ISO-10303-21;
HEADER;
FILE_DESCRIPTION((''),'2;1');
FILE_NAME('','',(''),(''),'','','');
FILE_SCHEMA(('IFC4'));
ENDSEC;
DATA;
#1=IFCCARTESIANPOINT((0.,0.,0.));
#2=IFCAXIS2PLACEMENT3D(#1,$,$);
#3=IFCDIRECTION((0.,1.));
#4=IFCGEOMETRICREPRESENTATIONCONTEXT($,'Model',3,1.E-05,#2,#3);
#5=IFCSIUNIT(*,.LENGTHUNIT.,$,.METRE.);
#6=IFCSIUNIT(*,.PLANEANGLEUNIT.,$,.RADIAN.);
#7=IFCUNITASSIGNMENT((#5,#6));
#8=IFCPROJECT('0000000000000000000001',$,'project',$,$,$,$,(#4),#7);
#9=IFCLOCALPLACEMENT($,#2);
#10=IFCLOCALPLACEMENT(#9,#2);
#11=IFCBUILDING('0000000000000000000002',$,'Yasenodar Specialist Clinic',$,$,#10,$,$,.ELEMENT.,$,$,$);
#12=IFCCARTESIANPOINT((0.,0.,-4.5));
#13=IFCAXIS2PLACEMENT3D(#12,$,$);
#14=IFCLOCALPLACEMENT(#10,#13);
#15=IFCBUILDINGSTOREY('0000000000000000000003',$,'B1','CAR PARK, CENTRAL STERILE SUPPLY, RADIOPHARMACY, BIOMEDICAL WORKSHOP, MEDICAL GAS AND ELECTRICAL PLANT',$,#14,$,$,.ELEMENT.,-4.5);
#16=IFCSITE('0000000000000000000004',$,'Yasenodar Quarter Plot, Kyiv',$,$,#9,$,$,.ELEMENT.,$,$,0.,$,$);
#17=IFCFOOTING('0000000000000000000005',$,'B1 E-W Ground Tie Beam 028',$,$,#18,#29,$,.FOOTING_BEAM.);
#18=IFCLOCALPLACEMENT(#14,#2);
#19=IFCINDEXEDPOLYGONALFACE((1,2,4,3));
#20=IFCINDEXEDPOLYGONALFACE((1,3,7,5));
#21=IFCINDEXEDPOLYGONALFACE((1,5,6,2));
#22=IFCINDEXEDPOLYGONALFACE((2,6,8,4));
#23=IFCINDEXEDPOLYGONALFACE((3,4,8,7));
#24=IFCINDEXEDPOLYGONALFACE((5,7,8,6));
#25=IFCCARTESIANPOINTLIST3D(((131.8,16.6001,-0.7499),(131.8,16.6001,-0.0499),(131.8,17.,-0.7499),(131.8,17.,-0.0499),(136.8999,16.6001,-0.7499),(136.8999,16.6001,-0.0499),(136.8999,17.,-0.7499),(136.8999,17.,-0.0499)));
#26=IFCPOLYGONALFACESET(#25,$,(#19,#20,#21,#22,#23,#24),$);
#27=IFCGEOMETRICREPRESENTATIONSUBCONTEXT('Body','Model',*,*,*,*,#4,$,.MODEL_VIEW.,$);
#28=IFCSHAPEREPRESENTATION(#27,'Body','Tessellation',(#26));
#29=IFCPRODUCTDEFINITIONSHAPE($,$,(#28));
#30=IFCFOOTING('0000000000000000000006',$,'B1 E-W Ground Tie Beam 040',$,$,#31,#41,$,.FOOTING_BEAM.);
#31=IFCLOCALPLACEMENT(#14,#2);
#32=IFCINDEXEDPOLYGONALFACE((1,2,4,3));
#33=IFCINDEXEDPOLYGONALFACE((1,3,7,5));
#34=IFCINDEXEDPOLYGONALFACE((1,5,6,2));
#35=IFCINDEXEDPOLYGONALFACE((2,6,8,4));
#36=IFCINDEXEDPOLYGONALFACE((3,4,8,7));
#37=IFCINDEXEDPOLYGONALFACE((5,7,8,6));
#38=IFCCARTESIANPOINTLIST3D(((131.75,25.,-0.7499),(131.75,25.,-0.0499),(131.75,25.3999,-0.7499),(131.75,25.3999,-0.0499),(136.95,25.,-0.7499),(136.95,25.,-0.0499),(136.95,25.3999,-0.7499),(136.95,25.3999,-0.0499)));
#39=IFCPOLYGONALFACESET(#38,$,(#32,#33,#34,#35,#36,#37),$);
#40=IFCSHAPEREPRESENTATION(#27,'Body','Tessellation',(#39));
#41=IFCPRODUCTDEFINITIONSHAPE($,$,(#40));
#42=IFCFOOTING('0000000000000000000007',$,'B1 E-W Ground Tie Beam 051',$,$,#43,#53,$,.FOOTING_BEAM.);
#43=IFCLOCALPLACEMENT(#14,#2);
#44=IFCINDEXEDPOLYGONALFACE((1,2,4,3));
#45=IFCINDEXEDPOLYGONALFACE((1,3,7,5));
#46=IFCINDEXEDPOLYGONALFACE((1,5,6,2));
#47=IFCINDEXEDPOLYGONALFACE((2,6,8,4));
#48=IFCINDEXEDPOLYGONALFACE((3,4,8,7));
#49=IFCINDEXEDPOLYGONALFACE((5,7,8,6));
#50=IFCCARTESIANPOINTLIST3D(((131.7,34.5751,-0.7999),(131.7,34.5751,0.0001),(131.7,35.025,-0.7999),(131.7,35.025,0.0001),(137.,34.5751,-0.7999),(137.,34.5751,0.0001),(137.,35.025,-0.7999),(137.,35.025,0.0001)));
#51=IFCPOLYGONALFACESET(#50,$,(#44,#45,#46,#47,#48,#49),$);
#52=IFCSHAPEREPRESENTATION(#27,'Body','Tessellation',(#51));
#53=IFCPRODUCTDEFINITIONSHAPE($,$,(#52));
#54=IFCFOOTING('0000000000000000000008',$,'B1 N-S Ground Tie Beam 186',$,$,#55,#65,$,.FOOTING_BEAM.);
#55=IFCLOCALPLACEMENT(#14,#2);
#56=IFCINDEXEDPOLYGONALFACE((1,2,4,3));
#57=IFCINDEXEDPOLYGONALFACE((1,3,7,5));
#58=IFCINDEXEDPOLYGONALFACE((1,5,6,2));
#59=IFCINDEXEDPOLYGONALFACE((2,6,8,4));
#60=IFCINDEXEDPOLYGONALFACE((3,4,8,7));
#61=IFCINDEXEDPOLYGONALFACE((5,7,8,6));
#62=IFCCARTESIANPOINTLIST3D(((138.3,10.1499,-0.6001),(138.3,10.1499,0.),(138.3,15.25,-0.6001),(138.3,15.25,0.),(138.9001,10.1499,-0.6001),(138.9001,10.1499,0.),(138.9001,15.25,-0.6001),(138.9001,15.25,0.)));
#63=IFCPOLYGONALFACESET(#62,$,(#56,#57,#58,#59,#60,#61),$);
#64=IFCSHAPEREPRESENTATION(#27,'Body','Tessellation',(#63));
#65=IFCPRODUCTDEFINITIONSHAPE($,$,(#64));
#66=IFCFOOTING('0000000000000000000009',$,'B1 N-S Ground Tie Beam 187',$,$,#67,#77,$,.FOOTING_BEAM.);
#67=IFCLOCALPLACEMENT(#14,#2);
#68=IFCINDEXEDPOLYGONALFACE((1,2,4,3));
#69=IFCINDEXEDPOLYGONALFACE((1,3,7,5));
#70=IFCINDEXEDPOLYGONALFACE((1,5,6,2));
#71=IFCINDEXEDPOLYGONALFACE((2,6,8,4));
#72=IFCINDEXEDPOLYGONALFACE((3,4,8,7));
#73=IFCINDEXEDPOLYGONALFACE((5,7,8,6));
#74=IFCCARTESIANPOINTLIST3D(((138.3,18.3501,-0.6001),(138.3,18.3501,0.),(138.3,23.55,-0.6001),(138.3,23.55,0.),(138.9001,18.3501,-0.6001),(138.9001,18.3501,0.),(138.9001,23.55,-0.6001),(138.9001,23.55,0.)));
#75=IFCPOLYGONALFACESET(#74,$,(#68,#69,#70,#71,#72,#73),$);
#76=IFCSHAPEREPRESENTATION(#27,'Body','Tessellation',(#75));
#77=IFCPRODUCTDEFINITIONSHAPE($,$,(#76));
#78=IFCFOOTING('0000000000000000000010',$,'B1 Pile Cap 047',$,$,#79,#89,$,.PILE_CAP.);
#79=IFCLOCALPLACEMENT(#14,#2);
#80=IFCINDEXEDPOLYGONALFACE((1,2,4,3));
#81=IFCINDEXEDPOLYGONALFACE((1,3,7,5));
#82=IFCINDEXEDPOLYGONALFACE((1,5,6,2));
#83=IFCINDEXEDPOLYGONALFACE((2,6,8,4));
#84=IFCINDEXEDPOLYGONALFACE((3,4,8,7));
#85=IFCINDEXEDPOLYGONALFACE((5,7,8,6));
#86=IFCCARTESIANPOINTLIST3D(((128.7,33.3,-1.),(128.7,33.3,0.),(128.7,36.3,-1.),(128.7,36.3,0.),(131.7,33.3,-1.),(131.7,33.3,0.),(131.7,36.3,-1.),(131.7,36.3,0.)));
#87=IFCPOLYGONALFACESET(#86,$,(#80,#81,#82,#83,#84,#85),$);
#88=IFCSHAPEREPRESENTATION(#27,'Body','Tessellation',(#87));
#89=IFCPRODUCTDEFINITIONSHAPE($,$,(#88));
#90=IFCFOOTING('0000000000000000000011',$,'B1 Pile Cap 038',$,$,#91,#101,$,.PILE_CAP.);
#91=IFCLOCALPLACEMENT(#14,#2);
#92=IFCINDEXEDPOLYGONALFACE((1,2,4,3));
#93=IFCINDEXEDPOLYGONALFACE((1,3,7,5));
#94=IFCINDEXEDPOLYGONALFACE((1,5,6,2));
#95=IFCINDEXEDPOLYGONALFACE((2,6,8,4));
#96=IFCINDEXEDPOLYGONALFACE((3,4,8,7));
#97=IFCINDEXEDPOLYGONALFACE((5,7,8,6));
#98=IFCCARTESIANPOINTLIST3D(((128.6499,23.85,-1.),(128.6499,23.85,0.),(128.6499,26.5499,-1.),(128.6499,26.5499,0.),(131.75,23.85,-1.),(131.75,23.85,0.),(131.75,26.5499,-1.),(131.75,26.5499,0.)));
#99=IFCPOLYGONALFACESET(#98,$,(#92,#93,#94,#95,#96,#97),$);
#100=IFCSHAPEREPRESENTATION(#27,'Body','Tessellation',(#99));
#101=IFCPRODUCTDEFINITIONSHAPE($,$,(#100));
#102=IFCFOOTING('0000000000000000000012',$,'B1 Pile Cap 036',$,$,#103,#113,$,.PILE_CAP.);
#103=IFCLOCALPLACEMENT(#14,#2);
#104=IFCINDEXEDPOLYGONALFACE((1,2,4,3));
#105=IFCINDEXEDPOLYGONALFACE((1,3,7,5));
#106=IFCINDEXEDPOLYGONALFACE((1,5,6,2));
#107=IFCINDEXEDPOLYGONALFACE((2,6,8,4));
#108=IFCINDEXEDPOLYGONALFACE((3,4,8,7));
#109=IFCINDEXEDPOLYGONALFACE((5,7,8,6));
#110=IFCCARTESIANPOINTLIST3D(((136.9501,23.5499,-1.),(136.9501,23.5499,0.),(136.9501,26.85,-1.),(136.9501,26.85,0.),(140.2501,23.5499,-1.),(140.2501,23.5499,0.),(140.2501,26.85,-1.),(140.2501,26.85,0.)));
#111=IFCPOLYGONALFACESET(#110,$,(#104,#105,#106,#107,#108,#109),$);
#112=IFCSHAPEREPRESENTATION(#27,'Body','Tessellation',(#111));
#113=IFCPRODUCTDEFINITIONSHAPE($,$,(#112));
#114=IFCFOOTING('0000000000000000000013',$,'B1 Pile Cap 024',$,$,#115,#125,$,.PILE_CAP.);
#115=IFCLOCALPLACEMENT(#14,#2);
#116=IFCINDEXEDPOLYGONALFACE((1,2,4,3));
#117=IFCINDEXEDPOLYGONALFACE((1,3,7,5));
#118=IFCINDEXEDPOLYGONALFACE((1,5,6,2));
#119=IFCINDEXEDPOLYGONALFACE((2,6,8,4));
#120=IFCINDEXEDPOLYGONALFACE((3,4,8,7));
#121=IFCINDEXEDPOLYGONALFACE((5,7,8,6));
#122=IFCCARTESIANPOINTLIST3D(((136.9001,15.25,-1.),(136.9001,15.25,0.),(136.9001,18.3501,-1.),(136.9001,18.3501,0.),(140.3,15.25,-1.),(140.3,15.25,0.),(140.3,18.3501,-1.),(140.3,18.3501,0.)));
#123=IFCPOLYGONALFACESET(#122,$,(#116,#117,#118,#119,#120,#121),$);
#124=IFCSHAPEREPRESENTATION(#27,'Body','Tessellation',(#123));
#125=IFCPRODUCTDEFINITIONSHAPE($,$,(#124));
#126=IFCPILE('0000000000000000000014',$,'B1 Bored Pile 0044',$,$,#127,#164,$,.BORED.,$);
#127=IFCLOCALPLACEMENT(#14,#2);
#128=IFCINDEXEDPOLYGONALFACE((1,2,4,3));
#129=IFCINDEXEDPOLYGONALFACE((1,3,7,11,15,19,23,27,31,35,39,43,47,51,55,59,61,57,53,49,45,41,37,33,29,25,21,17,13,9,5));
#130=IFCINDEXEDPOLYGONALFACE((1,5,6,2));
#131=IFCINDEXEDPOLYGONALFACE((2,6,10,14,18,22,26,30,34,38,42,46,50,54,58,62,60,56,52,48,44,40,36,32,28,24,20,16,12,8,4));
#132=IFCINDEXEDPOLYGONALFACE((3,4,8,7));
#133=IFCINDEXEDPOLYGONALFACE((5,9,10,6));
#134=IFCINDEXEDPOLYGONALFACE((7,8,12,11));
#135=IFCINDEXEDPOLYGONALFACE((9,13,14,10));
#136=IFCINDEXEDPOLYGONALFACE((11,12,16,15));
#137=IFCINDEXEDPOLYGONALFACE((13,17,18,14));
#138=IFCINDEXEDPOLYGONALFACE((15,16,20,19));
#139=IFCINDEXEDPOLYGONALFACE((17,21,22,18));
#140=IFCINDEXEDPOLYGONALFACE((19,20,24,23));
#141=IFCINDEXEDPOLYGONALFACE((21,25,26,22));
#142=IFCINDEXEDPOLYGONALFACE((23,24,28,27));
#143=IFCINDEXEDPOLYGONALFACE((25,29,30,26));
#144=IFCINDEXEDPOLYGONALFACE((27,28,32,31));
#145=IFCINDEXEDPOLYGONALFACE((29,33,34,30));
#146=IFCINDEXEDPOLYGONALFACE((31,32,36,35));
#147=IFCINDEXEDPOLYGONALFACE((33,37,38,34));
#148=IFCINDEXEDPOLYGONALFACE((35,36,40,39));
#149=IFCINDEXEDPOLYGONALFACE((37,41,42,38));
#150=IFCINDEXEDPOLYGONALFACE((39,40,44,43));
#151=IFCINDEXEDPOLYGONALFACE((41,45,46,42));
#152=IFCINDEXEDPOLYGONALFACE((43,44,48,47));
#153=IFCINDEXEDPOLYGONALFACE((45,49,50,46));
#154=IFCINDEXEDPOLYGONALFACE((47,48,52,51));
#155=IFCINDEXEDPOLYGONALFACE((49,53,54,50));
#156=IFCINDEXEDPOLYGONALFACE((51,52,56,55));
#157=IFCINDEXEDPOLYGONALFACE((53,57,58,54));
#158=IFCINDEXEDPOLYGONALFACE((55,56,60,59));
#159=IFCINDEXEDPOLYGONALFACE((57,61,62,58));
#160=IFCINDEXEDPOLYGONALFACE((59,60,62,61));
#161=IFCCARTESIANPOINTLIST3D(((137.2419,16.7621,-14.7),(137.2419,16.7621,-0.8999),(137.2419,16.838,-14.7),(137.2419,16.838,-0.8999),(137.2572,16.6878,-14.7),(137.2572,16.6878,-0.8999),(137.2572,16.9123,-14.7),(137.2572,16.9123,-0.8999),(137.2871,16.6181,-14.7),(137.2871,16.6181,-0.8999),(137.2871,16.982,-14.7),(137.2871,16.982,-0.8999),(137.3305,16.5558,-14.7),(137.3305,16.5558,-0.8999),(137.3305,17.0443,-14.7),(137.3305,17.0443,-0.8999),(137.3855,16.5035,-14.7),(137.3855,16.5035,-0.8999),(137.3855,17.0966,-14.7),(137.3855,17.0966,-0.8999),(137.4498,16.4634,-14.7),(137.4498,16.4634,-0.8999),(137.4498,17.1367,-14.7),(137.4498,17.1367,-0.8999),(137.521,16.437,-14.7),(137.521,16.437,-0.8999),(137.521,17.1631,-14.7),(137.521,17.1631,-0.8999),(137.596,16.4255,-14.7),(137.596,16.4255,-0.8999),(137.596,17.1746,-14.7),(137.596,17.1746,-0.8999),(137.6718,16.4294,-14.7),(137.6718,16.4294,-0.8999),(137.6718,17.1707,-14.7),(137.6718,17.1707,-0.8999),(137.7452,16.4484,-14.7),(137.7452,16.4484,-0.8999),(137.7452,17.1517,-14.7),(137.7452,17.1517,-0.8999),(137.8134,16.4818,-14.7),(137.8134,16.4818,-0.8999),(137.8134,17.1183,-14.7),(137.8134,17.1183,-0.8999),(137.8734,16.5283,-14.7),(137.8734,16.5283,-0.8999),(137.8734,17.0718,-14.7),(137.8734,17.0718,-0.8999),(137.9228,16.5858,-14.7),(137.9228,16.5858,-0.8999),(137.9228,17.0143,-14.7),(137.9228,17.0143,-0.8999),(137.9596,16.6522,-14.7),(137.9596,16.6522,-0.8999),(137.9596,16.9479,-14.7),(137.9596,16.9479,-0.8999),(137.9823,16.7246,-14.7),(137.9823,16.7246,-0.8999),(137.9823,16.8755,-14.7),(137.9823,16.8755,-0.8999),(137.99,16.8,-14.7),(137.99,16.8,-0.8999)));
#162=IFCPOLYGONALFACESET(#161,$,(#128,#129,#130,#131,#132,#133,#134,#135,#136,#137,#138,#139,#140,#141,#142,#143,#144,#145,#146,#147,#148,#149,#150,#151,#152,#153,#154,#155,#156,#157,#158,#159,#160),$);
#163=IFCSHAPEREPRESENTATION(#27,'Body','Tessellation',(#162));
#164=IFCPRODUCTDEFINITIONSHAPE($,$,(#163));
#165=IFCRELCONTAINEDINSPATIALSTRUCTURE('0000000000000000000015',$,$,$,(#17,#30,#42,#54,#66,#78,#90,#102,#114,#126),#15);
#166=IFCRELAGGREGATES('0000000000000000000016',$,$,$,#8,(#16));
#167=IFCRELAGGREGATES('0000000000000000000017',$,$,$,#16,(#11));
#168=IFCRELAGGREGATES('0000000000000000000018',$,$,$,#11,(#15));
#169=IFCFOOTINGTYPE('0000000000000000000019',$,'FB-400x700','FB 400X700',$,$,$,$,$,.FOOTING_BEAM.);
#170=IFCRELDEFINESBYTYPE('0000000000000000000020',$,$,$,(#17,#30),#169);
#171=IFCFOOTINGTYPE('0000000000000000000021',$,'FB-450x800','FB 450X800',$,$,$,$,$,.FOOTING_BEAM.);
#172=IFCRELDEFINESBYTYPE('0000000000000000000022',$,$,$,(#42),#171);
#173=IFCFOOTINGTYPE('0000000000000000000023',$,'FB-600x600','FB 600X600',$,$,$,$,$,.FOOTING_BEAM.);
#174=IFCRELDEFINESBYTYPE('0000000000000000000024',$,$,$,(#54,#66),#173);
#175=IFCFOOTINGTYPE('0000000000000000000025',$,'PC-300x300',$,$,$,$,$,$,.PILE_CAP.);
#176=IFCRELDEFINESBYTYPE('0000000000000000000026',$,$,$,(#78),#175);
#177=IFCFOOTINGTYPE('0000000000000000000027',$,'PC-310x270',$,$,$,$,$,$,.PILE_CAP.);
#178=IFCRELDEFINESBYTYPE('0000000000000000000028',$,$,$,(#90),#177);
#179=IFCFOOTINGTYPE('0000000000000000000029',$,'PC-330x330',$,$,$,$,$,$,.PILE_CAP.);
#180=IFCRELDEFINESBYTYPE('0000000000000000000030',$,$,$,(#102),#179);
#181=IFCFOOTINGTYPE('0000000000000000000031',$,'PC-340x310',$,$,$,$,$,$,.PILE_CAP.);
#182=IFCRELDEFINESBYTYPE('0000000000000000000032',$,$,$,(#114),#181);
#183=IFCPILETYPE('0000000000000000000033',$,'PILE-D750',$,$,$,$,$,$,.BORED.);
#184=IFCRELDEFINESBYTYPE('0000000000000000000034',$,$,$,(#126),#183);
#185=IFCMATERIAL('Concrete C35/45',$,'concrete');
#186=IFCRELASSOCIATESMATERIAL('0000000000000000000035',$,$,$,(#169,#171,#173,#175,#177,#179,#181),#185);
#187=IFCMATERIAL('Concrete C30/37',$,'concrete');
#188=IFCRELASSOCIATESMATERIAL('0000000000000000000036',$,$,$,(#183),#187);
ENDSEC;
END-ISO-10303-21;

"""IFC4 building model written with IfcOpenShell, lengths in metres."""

from ifc_helpers import new_model, si_unit, direction, frame, origin, origin_2d, place, context, subcontext, project, spatial, rectangle, circle, extrude, material, material_profile, profile_set, type_object, element, save


model = new_model("IFC4")

# Units and contexts
model_context = context("Model", 3, precision=1e-05, world=origin(), true_north=direction((0.0, 1.0)))
body_context = subcontext(model_context, "Body", "Model", "MODEL_VIEW")
ifc_project = project(units=[si_unit("LENGTHUNIT", "METRE"), si_unit("PLANEANGLEUNIT", "RADIAN")], contexts=[model_context])

# Site, building, storey
site_placement = place(None, origin())
site = spatial("IfcSite", under=ifc_project, at=site_placement, Name="Yasenodar Quarter Plot, Kyiv", CompositionType="ELEMENT", RefElevation=0.0)
building_placement = place(site_placement, origin())
building = spatial("IfcBuilding", under=site, at=building_placement, Name="Yasenodar Specialist Clinic", CompositionType="ELEMENT")
storey_placement = place(building_placement, frame((0.0, 0.0, -4.5)))
storey = spatial("IfcBuildingStorey", under=building, at=storey_placement, Name="B1", Description="CAR PARK, CENTRAL STERILE SUPPLY, RADIOPHARMACY, BIOMEDICAL WORKSHOP, MEDICAL GAS AND ELECTRICAL PLANT", CompositionType="ELEMENT", Elevation=-4.5)

# Footings
ifc_material_1 = material(Name="Concrete C35/45", Category="concrete")
ifc_material_profile_1 = material_profile(ifc_material_1, rectangle(XDim=0.3999, YDim=0.7, at=origin_2d()), Name="RC 400x700")
ifc_profile_set_1 = profile_set([ifc_material_profile_1], Name="Concrete C35/45")
footing_type_1 = type_object("IfcFootingType", Name="FB-400x700", Description="FB 400X700", PredefinedType="FOOTING_BEAM", material=ifc_profile_set_1)
footing_1_placement = place(storey_placement, frame((131.8, 16.8, -0.3999), z_axis=(1.0, 0.0, 0.0), x_axis=(0.0, 1.0, 0.0)))
element("IfcFooting", 1, at=footing_1_placement, inside=storey, type_object=footing_type_1, Name="B1 E-W Ground Tie Beam 028", PredefinedType="FOOTING_BEAM", context=body_context, shape_type="SweptSolid", body=[
    extrude(rectangle(XDim=0.3999, YDim=0.7, at=origin_2d()), origin(), (0.0, 0.0, 1.0), 5.0999),
])
footing_2_placement = place(storey_placement, frame((131.75, 25.2, -0.3999), z_axis=(1.0, 0.0, 0.0), x_axis=(0.0, 1.0, 0.0)))
element("IfcFooting", 2, at=footing_2_placement, inside=storey, type_object=footing_type_1, Name="B1 E-W Ground Tie Beam 040", PredefinedType="FOOTING_BEAM", context=body_context, shape_type="SweptSolid", body=[
    extrude(rectangle(XDim=0.3999, YDim=0.7, at=origin_2d()), origin(), (0.0, 0.0, 1.0), 5.2),
])
ifc_material_profile_2 = material_profile(ifc_material_1, rectangle(XDim=0.45, YDim=0.8, at=origin_2d()), Name="RC 450x800")
ifc_profile_set_2 = profile_set([ifc_material_profile_2], Name="Concrete C35/45")
footing_type_2 = type_object("IfcFootingType", Name="FB-450x800", Description="FB 450X800", PredefinedType="FOOTING_BEAM", material=ifc_profile_set_2)
footing_3_placement = place(storey_placement, frame((131.7, 34.8, -0.3999), z_axis=(1.0, 0.0, 0.0), x_axis=(0.0, 1.0, 0.0)))
element("IfcFooting", 3, at=footing_3_placement, inside=storey, type_object=footing_type_2, Name="B1 E-W Ground Tie Beam 051", PredefinedType="FOOTING_BEAM", context=body_context, shape_type="SweptSolid", body=[
    extrude(rectangle(XDim=0.45, YDim=0.8, at=origin_2d()), origin(), (0.0, 0.0, 1.0), 5.3),
])
ifc_material_profile_3 = material_profile(ifc_material_1, rectangle(XDim=0.6001, YDim=0.6001, at=origin_2d()), Name="RC 600x600")
ifc_profile_set_3 = profile_set([ifc_material_profile_3], Name="Concrete C35/45")
footing_type_3 = type_object("IfcFootingType", Name="FB-600x600", Description="FB 600X600", PredefinedType="FOOTING_BEAM", material=ifc_profile_set_3)
footing_4_placement = place(storey_placement, frame((138.6001, 10.1499, -0.3), z_axis=(0.0, 1.0, 0.0), x_axis=(-1.0, 0.0, 0.0)))
element("IfcFooting", 4, at=footing_4_placement, inside=storey, type_object=footing_type_3, Name="B1 N-S Ground Tie Beam 186", PredefinedType="FOOTING_BEAM", context=body_context, shape_type="SweptSolid", body=[
    extrude(rectangle(XDim=0.6001, YDim=0.6001, at=origin_2d()), origin(), (0.0, 0.0, 1.0), 5.1001),
])
footing_5_placement = place(storey_placement, frame((138.6001, 18.3501, -0.3), z_axis=(0.0, 1.0, 0.0), x_axis=(-1.0, 0.0, 0.0)))
element("IfcFooting", 5, at=footing_5_placement, inside=storey, type_object=footing_type_3, Name="B1 N-S Ground Tie Beam 187", PredefinedType="FOOTING_BEAM", context=body_context, shape_type="SweptSolid", body=[
    extrude(rectangle(XDim=0.6001, YDim=0.6001, at=origin_2d()), origin(), (0.0, 0.0, 1.0), 5.2),
])
footing_type_4 = type_object("IfcFootingType", Name="PC-300x300", PredefinedType="PILE_CAP", material=ifc_material_1)
footing_6_placement = place(storey_placement, frame((130.2, 34.8, -1.0), z_axis=(0.0, 0.0, 1.0), x_axis=(1.0, 0.0, 0.0)))
element("IfcFooting", 6, at=footing_6_placement, inside=storey, type_object=footing_type_4, Name="B1 Pile Cap 047", PredefinedType="PILE_CAP", context=body_context, shape_type="SweptSolid", body=[
    extrude(rectangle(XDim=3.0, YDim=3.0, at=origin_2d()), origin(), (0.0, 0.0, 1.0), 1.0),
])
footing_type_5 = type_object("IfcFootingType", Name="PC-310x270", PredefinedType="PILE_CAP", material=ifc_material_1)
footing_7_placement = place(storey_placement, frame((130.2, 25.2, -1.0), z_axis=(0.0, 0.0, 1.0), x_axis=(1.0, 0.0, 0.0)))
element("IfcFooting", 7, at=footing_7_placement, inside=storey, type_object=footing_type_5, Name="B1 Pile Cap 038", PredefinedType="PILE_CAP", context=body_context, shape_type="SweptSolid", body=[
    extrude(rectangle(XDim=3.1001, YDim=2.7, at=origin_2d()), origin(), (0.0, 0.0, 1.0), 1.0),
])
footing_type_6 = type_object("IfcFootingType", Name="PC-330x330", PredefinedType="PILE_CAP", material=ifc_material_1)
footing_8_placement = place(storey_placement, frame((138.6001, 25.2, -1.0), z_axis=(0.0, 0.0, 1.0), x_axis=(1.0, 0.0, 0.0)))
element("IfcFooting", 8, at=footing_8_placement, inside=storey, type_object=footing_type_6, Name="B1 Pile Cap 036", PredefinedType="PILE_CAP", context=body_context, shape_type="SweptSolid", body=[
    extrude(rectangle(XDim=3.3, YDim=3.3, at=origin_2d()), origin(), (0.0, 0.0, 1.0), 1.0),
])
footing_type_7 = type_object("IfcFootingType", Name="PC-340x310", PredefinedType="PILE_CAP", material=ifc_material_1)
footing_9_placement = place(storey_placement, frame((138.6001, 16.8, -1.0), z_axis=(0.0, 0.0, 1.0), x_axis=(1.0, 0.0, 0.0)))
element("IfcFooting", 9, at=footing_9_placement, inside=storey, type_object=footing_type_7, Name="B1 Pile Cap 024", PredefinedType="PILE_CAP", context=body_context, shape_type="SweptSolid", body=[
    extrude(rectangle(XDim=3.3999, YDim=3.1001, at=origin_2d()), origin(), (0.0, 0.0, 1.0), 1.0),
])

# Pile
ifc_material_2 = material(Name="Concrete C30/37", Category="concrete")
ifc_material_profile_4 = material_profile(ifc_material_2, circle(Radius=0.375, at=origin_2d()), Name="PILE D750")
ifc_profile_set_4 = profile_set([ifc_material_profile_4], Name="Concrete C30/37")
pile_type_1 = type_object("IfcPileType", Name="PILE-D750", PredefinedType="BORED", material=ifc_profile_set_4)
for number, where, z_axis, x_axis, name in (
    (10, (137.615, 16.8, -0.8999), (0.0, 0.0, -1.0), (1.0, 0.0, 0.0), "B1 Bored Pile 0044"),
):
    element("IfcPile", number, at=place(storey_placement, frame(where, z_axis=z_axis, x_axis=x_axis)), inside=storey, type_object=pile_type_1, Name=name, PredefinedType="BORED", context=body_context, shape_type="SweptSolid", body=[
        extrude(circle(Radius=0.375, at=origin_2d()), origin(), (0.0, 0.0, 1.0), 13.8),
    ])

save(model, "model.ifc")
